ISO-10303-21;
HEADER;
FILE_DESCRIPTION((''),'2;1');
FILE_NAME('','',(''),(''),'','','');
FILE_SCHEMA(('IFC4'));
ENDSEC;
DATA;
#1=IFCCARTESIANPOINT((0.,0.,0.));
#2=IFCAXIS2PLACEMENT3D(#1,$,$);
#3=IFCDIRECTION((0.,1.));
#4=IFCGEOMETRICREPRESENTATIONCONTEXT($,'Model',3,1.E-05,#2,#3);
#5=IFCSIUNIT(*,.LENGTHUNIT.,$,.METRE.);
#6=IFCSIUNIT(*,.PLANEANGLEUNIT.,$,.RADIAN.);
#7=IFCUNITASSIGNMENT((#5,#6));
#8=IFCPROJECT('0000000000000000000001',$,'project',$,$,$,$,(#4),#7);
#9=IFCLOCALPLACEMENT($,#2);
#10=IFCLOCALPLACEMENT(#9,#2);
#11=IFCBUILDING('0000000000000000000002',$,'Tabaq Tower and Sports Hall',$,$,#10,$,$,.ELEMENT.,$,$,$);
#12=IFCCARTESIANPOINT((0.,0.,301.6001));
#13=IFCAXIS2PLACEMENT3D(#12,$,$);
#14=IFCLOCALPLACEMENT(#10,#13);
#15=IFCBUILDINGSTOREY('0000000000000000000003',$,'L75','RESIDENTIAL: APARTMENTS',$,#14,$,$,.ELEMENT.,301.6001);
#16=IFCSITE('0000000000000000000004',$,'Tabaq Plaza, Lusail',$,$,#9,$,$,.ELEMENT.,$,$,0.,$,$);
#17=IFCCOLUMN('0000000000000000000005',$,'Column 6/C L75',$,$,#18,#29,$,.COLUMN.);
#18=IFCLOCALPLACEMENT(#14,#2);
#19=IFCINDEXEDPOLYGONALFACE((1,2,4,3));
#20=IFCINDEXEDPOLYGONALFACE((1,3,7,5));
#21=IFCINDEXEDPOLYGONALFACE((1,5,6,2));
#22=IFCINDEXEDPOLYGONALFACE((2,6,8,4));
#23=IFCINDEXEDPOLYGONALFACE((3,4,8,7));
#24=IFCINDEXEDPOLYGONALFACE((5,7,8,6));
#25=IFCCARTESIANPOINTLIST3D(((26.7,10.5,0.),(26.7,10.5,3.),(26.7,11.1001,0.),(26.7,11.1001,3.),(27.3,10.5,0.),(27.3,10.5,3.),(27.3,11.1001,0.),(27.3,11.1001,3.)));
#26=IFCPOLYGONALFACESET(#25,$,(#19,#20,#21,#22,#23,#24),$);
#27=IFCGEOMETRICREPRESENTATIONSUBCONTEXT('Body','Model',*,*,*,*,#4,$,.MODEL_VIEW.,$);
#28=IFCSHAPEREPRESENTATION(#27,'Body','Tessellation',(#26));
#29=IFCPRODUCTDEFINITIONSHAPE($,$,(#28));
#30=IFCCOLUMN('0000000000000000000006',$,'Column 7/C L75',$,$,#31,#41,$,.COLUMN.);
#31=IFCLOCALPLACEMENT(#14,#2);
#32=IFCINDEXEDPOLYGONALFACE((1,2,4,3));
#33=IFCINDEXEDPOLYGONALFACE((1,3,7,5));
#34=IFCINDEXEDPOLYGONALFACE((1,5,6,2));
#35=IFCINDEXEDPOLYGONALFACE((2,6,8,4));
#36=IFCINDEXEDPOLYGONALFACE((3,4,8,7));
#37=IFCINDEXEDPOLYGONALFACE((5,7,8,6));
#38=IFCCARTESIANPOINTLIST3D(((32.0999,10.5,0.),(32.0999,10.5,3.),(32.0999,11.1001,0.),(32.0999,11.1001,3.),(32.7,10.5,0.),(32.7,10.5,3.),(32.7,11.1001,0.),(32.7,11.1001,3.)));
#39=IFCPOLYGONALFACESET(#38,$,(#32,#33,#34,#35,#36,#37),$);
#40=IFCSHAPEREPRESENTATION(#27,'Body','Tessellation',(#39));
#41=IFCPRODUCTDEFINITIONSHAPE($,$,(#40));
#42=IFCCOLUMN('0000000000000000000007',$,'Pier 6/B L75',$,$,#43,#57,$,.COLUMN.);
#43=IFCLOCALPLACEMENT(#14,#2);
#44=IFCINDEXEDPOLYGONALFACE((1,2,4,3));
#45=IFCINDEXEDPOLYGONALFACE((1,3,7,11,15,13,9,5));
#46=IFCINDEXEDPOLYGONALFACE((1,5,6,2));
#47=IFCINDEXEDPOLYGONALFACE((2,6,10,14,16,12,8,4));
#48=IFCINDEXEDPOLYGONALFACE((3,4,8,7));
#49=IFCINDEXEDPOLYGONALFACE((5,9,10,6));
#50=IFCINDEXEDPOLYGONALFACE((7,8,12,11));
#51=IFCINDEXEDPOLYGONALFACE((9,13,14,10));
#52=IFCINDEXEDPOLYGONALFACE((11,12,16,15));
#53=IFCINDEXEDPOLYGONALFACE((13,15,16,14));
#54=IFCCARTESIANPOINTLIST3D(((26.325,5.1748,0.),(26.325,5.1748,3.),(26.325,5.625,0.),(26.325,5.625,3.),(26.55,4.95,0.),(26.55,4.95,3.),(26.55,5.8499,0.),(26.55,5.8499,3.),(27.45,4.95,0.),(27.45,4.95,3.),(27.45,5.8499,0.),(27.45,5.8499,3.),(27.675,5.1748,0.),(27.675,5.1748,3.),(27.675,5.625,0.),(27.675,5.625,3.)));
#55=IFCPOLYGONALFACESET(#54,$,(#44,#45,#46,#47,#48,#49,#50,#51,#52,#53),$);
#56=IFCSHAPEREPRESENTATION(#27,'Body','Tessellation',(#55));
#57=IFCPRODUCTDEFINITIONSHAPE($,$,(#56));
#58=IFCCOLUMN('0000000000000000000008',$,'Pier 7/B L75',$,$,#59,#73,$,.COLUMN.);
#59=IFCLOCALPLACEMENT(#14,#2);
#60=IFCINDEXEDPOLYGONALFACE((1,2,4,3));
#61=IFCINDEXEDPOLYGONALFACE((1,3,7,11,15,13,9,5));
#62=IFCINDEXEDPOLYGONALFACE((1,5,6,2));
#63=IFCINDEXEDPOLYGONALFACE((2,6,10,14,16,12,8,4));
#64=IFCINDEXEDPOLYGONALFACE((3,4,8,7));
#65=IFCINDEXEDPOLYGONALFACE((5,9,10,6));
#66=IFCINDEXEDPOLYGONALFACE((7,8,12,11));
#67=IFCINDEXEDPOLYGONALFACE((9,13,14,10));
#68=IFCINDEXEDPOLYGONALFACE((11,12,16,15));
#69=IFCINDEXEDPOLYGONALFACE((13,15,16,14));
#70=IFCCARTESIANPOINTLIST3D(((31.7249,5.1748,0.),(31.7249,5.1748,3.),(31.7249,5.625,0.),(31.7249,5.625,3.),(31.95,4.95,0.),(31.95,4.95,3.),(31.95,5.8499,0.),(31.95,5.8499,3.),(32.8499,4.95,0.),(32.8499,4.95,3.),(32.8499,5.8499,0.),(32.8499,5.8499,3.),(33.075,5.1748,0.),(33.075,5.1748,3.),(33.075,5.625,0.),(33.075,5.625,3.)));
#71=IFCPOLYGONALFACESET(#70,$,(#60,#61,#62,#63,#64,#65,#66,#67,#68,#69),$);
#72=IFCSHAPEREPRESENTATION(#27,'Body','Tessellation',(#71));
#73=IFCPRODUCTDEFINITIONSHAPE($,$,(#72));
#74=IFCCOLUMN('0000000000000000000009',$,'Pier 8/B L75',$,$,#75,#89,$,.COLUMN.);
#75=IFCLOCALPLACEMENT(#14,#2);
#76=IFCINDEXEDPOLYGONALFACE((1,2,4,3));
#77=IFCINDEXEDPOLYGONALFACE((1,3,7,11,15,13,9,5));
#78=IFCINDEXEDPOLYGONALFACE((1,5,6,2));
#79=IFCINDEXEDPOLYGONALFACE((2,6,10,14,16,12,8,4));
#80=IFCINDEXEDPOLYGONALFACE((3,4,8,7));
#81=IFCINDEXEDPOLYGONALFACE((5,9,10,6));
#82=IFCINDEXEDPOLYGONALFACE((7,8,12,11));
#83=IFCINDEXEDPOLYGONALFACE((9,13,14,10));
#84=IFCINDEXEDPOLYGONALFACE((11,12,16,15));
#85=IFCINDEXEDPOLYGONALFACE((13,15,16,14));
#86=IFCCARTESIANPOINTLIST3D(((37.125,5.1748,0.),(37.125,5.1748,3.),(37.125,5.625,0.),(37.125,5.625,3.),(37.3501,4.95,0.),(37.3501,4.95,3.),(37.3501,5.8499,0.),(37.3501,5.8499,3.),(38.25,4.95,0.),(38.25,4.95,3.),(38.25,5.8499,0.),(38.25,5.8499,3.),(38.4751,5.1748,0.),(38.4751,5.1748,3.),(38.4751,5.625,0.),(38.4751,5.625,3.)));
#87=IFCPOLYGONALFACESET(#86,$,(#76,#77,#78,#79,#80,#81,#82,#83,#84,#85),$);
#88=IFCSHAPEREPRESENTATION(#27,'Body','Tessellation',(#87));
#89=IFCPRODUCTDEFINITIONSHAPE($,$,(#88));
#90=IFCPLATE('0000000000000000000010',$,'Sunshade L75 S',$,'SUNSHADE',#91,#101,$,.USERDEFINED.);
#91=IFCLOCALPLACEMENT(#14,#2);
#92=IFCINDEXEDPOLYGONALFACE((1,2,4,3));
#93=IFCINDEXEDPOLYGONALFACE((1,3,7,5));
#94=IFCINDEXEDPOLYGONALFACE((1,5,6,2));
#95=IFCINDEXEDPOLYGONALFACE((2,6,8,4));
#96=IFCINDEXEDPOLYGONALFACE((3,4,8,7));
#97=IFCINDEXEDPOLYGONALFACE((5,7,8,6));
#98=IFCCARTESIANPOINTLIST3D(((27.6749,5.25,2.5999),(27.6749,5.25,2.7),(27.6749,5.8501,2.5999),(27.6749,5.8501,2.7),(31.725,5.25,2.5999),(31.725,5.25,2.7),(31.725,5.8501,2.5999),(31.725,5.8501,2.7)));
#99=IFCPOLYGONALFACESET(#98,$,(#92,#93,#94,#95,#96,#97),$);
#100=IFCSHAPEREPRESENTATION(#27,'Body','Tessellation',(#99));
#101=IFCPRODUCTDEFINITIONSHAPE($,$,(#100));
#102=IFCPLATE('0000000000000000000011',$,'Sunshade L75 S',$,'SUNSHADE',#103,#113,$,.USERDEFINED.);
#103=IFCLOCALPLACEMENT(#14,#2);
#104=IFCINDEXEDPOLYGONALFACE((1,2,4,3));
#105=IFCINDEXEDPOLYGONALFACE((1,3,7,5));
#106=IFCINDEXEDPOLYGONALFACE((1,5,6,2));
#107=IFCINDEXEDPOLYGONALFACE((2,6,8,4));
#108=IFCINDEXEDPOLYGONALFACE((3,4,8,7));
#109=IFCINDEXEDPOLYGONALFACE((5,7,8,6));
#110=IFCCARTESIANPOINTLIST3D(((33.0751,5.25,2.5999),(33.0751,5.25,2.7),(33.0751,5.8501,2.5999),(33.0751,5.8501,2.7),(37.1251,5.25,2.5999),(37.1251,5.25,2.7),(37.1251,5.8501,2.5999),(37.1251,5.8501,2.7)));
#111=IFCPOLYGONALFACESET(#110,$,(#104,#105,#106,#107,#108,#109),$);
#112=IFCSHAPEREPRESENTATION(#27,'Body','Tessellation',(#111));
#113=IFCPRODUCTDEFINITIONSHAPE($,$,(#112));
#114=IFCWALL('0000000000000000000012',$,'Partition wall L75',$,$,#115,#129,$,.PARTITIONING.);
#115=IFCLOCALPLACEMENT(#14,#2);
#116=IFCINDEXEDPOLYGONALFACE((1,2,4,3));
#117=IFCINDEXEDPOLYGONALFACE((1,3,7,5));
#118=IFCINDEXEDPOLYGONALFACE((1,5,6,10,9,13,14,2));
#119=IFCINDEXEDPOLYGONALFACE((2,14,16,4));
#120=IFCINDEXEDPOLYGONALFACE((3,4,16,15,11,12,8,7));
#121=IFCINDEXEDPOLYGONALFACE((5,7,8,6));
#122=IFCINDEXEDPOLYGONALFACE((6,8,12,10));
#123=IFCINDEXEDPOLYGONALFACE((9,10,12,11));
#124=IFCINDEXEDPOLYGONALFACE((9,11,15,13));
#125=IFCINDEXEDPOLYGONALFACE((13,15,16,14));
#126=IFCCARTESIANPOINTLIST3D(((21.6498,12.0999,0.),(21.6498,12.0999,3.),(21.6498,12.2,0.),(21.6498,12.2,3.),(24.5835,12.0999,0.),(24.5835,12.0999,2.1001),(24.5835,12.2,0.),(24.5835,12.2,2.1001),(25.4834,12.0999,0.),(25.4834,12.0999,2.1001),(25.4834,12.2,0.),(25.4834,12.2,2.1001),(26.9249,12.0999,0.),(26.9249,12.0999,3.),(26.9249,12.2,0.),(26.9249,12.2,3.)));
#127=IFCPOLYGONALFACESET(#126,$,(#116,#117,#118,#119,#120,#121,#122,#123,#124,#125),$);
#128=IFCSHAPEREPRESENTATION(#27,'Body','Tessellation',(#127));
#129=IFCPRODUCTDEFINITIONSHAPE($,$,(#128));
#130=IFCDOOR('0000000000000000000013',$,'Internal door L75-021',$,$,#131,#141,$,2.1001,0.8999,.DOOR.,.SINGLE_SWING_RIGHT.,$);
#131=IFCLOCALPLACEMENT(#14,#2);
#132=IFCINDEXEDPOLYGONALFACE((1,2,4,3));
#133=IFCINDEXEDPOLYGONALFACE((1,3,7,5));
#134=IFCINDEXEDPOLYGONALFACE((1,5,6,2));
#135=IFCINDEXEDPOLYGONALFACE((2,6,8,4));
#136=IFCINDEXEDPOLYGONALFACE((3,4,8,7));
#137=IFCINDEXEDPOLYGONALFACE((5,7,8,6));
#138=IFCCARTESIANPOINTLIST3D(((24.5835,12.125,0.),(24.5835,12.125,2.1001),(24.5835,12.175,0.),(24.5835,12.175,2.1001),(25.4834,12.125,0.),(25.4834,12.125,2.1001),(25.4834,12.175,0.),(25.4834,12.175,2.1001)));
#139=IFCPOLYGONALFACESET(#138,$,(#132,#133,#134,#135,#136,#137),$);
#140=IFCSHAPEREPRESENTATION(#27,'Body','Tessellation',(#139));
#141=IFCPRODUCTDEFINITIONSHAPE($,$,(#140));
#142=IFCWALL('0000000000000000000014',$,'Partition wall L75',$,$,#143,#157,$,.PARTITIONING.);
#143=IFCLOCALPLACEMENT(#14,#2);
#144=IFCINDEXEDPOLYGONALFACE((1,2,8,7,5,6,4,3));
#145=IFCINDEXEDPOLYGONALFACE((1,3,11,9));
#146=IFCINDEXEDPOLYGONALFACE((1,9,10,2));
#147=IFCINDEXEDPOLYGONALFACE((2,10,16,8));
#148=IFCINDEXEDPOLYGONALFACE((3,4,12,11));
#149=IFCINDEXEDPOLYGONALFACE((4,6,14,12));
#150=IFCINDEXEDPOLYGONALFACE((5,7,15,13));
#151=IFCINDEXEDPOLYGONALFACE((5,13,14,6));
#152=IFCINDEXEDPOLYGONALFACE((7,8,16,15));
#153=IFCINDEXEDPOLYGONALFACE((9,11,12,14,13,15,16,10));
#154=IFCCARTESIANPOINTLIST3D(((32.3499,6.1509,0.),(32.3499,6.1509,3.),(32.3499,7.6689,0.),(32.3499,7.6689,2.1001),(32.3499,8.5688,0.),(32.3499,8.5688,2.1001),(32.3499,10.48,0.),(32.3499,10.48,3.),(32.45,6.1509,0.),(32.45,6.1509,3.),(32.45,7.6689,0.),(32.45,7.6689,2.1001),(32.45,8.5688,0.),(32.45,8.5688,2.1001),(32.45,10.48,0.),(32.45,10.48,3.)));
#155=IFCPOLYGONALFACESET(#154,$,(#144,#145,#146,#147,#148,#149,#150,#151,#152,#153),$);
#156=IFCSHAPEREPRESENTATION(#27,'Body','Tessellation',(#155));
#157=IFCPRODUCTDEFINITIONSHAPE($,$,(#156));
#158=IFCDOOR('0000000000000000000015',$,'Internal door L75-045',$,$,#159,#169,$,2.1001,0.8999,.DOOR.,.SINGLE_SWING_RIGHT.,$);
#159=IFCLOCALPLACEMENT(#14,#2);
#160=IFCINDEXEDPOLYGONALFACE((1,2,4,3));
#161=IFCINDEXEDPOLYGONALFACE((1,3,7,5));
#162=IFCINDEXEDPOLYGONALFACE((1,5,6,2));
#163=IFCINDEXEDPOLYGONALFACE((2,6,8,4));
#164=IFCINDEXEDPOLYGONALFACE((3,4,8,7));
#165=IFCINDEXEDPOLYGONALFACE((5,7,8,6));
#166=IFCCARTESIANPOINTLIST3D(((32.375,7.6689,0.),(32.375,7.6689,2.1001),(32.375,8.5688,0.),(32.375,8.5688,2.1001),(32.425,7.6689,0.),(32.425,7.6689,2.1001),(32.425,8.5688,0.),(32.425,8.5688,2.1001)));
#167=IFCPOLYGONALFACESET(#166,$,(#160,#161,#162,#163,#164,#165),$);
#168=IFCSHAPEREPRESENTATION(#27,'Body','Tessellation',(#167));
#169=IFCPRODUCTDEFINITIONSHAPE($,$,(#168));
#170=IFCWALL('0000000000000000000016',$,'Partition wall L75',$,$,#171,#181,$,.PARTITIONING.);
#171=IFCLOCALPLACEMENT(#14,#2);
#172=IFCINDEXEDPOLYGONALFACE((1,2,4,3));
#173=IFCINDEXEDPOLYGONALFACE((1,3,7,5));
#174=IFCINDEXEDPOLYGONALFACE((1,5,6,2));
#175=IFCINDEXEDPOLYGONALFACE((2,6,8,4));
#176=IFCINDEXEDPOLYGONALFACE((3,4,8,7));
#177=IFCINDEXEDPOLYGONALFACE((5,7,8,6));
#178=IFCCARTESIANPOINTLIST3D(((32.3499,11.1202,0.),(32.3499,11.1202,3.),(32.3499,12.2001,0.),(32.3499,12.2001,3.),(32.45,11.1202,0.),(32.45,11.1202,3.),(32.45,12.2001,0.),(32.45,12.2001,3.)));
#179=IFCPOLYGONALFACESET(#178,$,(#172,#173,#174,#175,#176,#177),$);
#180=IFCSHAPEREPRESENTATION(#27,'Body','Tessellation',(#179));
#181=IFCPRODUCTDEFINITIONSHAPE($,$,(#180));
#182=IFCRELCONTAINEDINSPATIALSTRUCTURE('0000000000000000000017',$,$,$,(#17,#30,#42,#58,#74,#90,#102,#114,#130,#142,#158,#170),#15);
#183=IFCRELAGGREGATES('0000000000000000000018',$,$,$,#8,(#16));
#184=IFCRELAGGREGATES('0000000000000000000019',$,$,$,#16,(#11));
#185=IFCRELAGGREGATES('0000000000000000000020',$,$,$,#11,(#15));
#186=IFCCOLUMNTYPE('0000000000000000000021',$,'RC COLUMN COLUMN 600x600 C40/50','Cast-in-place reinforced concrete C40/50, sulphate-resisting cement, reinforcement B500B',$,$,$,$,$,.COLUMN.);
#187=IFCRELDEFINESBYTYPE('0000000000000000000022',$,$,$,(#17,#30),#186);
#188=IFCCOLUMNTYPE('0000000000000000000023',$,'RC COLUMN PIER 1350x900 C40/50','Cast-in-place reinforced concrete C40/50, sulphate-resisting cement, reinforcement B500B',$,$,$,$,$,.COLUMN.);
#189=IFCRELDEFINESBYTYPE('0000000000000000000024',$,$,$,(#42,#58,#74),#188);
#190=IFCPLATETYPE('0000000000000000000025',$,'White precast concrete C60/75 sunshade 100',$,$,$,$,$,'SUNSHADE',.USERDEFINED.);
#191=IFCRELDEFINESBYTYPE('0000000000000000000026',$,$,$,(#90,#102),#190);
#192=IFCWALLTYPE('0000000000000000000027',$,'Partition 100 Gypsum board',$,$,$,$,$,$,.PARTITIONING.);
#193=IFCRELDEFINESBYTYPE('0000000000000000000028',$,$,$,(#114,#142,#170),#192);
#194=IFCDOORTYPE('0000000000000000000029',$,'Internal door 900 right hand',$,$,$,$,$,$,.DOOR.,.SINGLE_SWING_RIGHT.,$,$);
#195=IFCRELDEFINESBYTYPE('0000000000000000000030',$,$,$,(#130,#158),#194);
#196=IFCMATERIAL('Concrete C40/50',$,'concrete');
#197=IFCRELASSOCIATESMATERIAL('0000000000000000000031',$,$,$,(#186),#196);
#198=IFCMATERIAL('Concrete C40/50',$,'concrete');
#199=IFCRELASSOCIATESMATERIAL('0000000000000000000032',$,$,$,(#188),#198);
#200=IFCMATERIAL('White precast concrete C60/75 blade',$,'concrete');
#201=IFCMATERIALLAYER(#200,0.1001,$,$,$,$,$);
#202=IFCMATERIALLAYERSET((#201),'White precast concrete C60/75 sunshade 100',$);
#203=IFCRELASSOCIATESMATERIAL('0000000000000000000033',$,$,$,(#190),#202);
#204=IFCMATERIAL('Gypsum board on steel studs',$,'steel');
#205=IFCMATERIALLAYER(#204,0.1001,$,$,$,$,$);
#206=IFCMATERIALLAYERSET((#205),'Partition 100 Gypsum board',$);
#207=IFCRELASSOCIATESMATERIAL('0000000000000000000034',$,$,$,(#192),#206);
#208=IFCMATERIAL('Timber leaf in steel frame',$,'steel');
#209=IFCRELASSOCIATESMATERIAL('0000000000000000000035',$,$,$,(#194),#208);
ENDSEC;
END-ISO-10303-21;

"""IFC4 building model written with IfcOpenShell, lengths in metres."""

from ifc_helpers import new_model, si_unit, direction, frame, frame_2d, origin, origin_2d, place, context, subcontext, project, spatial, polyline, rectangle, outline, extrude, material, layer, layer_set, material_profile, profile_set, type_object, element, fill, save


model = new_model("IFC4")

# Units and contexts
model_context = context("Model", 3, precision=1e-05, world=origin(), true_north=direction((0.0, 1.0)))
body_context = subcontext(model_context, "Body", "Model", "MODEL_VIEW")
ifc_project = project(units=[si_unit("LENGTHUNIT", "METRE"), si_unit("PLANEANGLEUNIT", "RADIAN")], contexts=[model_context])

# Site, building, storey
site_placement = place(None, origin())
site = spatial("IfcSite", under=ifc_project, at=site_placement, Name="Tabaq Plaza, Lusail", CompositionType="ELEMENT", RefElevation=0.0)
building_placement = place(site_placement, origin())
building = spatial("IfcBuilding", under=site, at=building_placement, Name="Tabaq Tower and Sports Hall", CompositionType="ELEMENT")
storey_placement = place(building_placement, frame((0.0, 0.0, 301.6001)))
storey = spatial("IfcBuildingStorey", under=building, at=storey_placement, Name="L75", Description="RESIDENTIAL: APARTMENTS", CompositionType="ELEMENT", Elevation=301.6001)

# Columns
ifc_material_1 = material(Name="Concrete C40/50", Category="concrete")
ifc_material_profile_1 = material_profile(ifc_material_1, rectangle(XDim=0.6001, YDim=0.6001, at=origin_2d()), Name="COLUMN 600x600")
ifc_profile_set_1 = profile_set([ifc_material_profile_1], Name="Concrete C40/50")
column_type_1 = type_object("IfcColumnType", Name="RC COLUMN COLUMN 600x600 C40/50", Description="Cast-in-place reinforced concrete C40/50, sulphate-resisting cement, reinforcement B500B", PredefinedType="COLUMN", material=ifc_profile_set_1)
for number, where, z_axis, x_axis, name in (
    (1, (27.0, 10.8, 0.0), (0.0, 0.0, 1.0), (1.0, 0.0, 0.0), "Column 6/C L75"),
    (2, (32.3999, 10.8, 0.0), (0.0, 0.0, 1.0), (1.0, 0.0, 0.0), "Column 7/C L75"),
):
    element("IfcColumn", number, at=place(storey_placement, frame(where, z_axis=z_axis, x_axis=x_axis)), inside=storey, type_object=column_type_1, Name=name, PredefinedType="COLUMN", context=body_context, shape_type="SweptSolid", body=[
        extrude(rectangle(XDim=0.6001, YDim=0.6001, at=origin_2d()), origin(), (0.0, 0.0, 1.0), 3.0),
    ])
ifc_material_2 = material(Name="Concrete C40/50", Category="concrete")
ifc_material_profile_2 = material_profile(ifc_material_2, outline(polyline([(-0.45, -0.45), (0.45, -0.45), (0.675, -0.2251), (0.675, 0.2251), (0.45, 0.45), (-0.45, 0.45), (-0.675, 0.2251), (-0.675, -0.2251), (-0.45, -0.45)])), Name="PIER 1350x900")
ifc_profile_set_2 = profile_set([ifc_material_profile_2], Name="Concrete C40/50")
column_type_2 = type_object("IfcColumnType", Name="RC COLUMN PIER 1350x900 C40/50", Description="Cast-in-place reinforced concrete C40/50, sulphate-resisting cement, reinforcement B500B", PredefinedType="COLUMN", material=ifc_profile_set_2)
for number, where, z_axis, x_axis, name in (
    (3, (27.0, 5.3999, 0.0), (0.0, 0.0, 1.0), (1.0, 0.0, 0.0), "Pier 6/B L75"),
    (4, (32.3999, 5.3999, 0.0), (0.0, 0.0, 1.0), (1.0, 0.0, 0.0), "Pier 7/B L75"),
    (5, (37.8, 5.3999, 0.0), (0.0, 0.0, 1.0), (1.0, 0.0, 0.0), "Pier 8/B L75"),
):
    element("IfcColumn", number, at=place(storey_placement, frame(where, z_axis=z_axis, x_axis=x_axis)), inside=storey, type_object=column_type_2, Name=name, PredefinedType="COLUMN", context=body_context, shape_type="SweptSolid", body=[
        extrude(outline(polyline([(-0.45, -0.45), (0.45, -0.45), (0.675, -0.2251), (0.675, 0.2251), (0.45, 0.45), (-0.45, 0.45), (-0.675, 0.2251), (-0.675, -0.2251), (-0.45, -0.45)])), origin(), (0.0, 0.0, 1.0), 3.0),
    ])

# Plates
ifc_material_3 = material(Name="White precast concrete C60/75 blade", Category="concrete")
ifc_layer_1 = layer(ifc_material_3, 0.1001)
ifc_layer_set_1 = layer_set([ifc_layer_1], Name="White precast concrete C60/75 sunshade 100")
plate_type = type_object("IfcPlateType", Name="White precast concrete C60/75 sunshade 100", ElementType="SUNSHADE", PredefinedType="USERDEFINED", material=ifc_layer_set_1)
for number, where, z_axis, x_axis, name in (
    (6, (29.7, 5.55, 2.5999), (0.0, 0.0, 1.0), (1.0, 0.0, 0.0), "Sunshade L75 S"),
    (7, (35.1001, 5.55, 2.5999), (0.0, 0.0, 1.0), (1.0, 0.0, 0.0), "Sunshade L75 S"),
):
    element("IfcPlate", number, at=place(storey_placement, frame(where, z_axis=z_axis, x_axis=x_axis)), inside=storey, type_object=plate_type, Name=name, ObjectType="SUNSHADE", PredefinedType="USERDEFINED", context=body_context, shape_type="SweptSolid", body=[
        extrude(rectangle(XDim=4.05, YDim=0.6001, at=origin_2d()), origin(), (0.0, 0.0, 1.0), 0.1001),
    ])

# Walls, openings, doors
ifc_material_4 = material(Name="Gypsum board on steel studs", Category="steel")
ifc_layer_2 = layer(ifc_material_4, 0.1001)
ifc_layer_set_2 = layer_set([ifc_layer_2], Name="Partition 100 Gypsum board")
wall_type_1 = type_object("IfcWallType", Name="Partition 100 Gypsum board", PredefinedType="PARTITIONING", material=ifc_layer_set_2)
wall_1_placement = place(storey_placement, frame((26.925, 12.1499, 0.0), z_axis=(0.0, 0.0, 1.0), x_axis=(-1.0, 0.0, 0.0)))
wall_1 = element("IfcWall", 8, at=wall_1_placement, inside=storey, type_object=wall_type_1, Name="Partition wall L75", PredefinedType="PARTITIONING", context=body_context, shape_type="SweptSolid", body=[
    extrude(rectangle(XDim=5.2751, YDim=0.1001, at=frame_2d((2.6377, 0.0))), origin(), (0.0, 0.0, 1.0), 3.0),
])
opening_1_placement = place(wall_1_placement, frame((1.4417, 0.0, 0.0)))
opening_1 = element("IfcOpeningElement", 9, at=opening_1_placement, cuts=wall_1, PredefinedType="OPENING", context=body_context, shape_type="SweptSolid", body=[
    extrude(rectangle(XDim=0.8999, YDim=2.1001, at=frame_2d((0.45, 1.05))), frame((0.0, 0.05, 0.0), z_axis=(0.0, -1.0, 0.0), x_axis=(1.0, 0.0, 0.0)), (0.0, 0.0, 1.0), 0.1001),
])
ifc_material_5 = material(Name="Timber leaf in steel frame", Category="steel")
door_type_1 = type_object("IfcDoorType", Name="Internal door 900 right hand", OperationType="SINGLE_SWING_RIGHT", PredefinedType="DOOR", material=ifc_material_5)
door_1_placement = place(opening_1_placement, origin())
door_1 = element("IfcDoor", 10, at=door_1_placement, inside=storey, type_object=door_type_1, Name="Internal door L75-021", OperationType="SINGLE_SWING_RIGHT", OverallHeight=2.1001, OverallWidth=0.8999, PredefinedType="DOOR", context=body_context, shape_type="SweptSolid", body=[
    extrude(rectangle(XDim=0.8999, YDim=2.1001, at=frame_2d((0.45, 1.05))), frame((0.0, 0.0249, 0.0), z_axis=(0.0, -1.0, 0.0), x_axis=(1.0, 0.0, 0.0)), (0.0, 0.0, 1.0), 0.05),
])
fill(opening_1, door_1)
wall_2_placement = place(storey_placement, frame((32.3999, 6.1509, 0.0), z_axis=(0.0, 0.0, 1.0), x_axis=(0.0, 1.0, 0.0)))
wall_2 = element("IfcWall", 11, at=wall_2_placement, inside=storey, type_object=wall_type_1, Name="Partition wall L75", PredefinedType="PARTITIONING", context=body_context, shape_type="SweptSolid", body=[
    extrude(rectangle(XDim=4.3291, YDim=0.1001, at=frame_2d((2.1646, 0.0))), origin(), (0.0, 0.0, 1.0), 3.0),
])
opening_2_placement = place(wall_2_placement, frame((1.5181, 0.0, 0.0)))
opening_2 = element("IfcOpeningElement", 12, at=opening_2_placement, cuts=wall_2, PredefinedType="OPENING", context=body_context, shape_type="SweptSolid", body=[
    extrude(rectangle(XDim=0.8999, YDim=2.1001, at=frame_2d((0.45, 1.05))), frame((0.0, 0.05, 0.0), z_axis=(0.0, -1.0, 0.0), x_axis=(1.0, 0.0, 0.0)), (0.0, 0.0, 1.0), 0.1001),
])
door_2_placement = place(opening_2_placement, origin())
door_2 = element("IfcDoor", 13, at=door_2_placement, inside=storey, type_object=door_type_1, Name="Internal door L75-045", OperationType="SINGLE_SWING_RIGHT", OverallHeight=2.1001, OverallWidth=0.8999, PredefinedType="DOOR", context=body_context, shape_type="SweptSolid", body=[
    extrude(rectangle(XDim=0.8999, YDim=2.1001, at=frame_2d((0.45, 1.05))), frame((0.0, 0.0249, 0.0), z_axis=(0.0, -1.0, 0.0), x_axis=(1.0, 0.0, 0.0)), (0.0, 0.0, 1.0), 0.05),
])
fill(opening_2, door_2)

# Wall
wall_3_placement = place(storey_placement, frame((32.3999, 11.1201, 0.0), z_axis=(0.0, 0.0, 1.0), x_axis=(0.0, 1.0, 0.0)))
element("IfcWall", 14, at=wall_3_placement, inside=storey, type_object=wall_type_1, Name="Partition wall L75", PredefinedType="PARTITIONING", context=body_context, shape_type="SweptSolid", body=[
    extrude(rectangle(XDim=1.0798, YDim=0.1001, at=frame_2d((0.54, 0.0))), origin(), (0.0, 0.0, 1.0), 3.0),
])

save(model, "model.ifc")
